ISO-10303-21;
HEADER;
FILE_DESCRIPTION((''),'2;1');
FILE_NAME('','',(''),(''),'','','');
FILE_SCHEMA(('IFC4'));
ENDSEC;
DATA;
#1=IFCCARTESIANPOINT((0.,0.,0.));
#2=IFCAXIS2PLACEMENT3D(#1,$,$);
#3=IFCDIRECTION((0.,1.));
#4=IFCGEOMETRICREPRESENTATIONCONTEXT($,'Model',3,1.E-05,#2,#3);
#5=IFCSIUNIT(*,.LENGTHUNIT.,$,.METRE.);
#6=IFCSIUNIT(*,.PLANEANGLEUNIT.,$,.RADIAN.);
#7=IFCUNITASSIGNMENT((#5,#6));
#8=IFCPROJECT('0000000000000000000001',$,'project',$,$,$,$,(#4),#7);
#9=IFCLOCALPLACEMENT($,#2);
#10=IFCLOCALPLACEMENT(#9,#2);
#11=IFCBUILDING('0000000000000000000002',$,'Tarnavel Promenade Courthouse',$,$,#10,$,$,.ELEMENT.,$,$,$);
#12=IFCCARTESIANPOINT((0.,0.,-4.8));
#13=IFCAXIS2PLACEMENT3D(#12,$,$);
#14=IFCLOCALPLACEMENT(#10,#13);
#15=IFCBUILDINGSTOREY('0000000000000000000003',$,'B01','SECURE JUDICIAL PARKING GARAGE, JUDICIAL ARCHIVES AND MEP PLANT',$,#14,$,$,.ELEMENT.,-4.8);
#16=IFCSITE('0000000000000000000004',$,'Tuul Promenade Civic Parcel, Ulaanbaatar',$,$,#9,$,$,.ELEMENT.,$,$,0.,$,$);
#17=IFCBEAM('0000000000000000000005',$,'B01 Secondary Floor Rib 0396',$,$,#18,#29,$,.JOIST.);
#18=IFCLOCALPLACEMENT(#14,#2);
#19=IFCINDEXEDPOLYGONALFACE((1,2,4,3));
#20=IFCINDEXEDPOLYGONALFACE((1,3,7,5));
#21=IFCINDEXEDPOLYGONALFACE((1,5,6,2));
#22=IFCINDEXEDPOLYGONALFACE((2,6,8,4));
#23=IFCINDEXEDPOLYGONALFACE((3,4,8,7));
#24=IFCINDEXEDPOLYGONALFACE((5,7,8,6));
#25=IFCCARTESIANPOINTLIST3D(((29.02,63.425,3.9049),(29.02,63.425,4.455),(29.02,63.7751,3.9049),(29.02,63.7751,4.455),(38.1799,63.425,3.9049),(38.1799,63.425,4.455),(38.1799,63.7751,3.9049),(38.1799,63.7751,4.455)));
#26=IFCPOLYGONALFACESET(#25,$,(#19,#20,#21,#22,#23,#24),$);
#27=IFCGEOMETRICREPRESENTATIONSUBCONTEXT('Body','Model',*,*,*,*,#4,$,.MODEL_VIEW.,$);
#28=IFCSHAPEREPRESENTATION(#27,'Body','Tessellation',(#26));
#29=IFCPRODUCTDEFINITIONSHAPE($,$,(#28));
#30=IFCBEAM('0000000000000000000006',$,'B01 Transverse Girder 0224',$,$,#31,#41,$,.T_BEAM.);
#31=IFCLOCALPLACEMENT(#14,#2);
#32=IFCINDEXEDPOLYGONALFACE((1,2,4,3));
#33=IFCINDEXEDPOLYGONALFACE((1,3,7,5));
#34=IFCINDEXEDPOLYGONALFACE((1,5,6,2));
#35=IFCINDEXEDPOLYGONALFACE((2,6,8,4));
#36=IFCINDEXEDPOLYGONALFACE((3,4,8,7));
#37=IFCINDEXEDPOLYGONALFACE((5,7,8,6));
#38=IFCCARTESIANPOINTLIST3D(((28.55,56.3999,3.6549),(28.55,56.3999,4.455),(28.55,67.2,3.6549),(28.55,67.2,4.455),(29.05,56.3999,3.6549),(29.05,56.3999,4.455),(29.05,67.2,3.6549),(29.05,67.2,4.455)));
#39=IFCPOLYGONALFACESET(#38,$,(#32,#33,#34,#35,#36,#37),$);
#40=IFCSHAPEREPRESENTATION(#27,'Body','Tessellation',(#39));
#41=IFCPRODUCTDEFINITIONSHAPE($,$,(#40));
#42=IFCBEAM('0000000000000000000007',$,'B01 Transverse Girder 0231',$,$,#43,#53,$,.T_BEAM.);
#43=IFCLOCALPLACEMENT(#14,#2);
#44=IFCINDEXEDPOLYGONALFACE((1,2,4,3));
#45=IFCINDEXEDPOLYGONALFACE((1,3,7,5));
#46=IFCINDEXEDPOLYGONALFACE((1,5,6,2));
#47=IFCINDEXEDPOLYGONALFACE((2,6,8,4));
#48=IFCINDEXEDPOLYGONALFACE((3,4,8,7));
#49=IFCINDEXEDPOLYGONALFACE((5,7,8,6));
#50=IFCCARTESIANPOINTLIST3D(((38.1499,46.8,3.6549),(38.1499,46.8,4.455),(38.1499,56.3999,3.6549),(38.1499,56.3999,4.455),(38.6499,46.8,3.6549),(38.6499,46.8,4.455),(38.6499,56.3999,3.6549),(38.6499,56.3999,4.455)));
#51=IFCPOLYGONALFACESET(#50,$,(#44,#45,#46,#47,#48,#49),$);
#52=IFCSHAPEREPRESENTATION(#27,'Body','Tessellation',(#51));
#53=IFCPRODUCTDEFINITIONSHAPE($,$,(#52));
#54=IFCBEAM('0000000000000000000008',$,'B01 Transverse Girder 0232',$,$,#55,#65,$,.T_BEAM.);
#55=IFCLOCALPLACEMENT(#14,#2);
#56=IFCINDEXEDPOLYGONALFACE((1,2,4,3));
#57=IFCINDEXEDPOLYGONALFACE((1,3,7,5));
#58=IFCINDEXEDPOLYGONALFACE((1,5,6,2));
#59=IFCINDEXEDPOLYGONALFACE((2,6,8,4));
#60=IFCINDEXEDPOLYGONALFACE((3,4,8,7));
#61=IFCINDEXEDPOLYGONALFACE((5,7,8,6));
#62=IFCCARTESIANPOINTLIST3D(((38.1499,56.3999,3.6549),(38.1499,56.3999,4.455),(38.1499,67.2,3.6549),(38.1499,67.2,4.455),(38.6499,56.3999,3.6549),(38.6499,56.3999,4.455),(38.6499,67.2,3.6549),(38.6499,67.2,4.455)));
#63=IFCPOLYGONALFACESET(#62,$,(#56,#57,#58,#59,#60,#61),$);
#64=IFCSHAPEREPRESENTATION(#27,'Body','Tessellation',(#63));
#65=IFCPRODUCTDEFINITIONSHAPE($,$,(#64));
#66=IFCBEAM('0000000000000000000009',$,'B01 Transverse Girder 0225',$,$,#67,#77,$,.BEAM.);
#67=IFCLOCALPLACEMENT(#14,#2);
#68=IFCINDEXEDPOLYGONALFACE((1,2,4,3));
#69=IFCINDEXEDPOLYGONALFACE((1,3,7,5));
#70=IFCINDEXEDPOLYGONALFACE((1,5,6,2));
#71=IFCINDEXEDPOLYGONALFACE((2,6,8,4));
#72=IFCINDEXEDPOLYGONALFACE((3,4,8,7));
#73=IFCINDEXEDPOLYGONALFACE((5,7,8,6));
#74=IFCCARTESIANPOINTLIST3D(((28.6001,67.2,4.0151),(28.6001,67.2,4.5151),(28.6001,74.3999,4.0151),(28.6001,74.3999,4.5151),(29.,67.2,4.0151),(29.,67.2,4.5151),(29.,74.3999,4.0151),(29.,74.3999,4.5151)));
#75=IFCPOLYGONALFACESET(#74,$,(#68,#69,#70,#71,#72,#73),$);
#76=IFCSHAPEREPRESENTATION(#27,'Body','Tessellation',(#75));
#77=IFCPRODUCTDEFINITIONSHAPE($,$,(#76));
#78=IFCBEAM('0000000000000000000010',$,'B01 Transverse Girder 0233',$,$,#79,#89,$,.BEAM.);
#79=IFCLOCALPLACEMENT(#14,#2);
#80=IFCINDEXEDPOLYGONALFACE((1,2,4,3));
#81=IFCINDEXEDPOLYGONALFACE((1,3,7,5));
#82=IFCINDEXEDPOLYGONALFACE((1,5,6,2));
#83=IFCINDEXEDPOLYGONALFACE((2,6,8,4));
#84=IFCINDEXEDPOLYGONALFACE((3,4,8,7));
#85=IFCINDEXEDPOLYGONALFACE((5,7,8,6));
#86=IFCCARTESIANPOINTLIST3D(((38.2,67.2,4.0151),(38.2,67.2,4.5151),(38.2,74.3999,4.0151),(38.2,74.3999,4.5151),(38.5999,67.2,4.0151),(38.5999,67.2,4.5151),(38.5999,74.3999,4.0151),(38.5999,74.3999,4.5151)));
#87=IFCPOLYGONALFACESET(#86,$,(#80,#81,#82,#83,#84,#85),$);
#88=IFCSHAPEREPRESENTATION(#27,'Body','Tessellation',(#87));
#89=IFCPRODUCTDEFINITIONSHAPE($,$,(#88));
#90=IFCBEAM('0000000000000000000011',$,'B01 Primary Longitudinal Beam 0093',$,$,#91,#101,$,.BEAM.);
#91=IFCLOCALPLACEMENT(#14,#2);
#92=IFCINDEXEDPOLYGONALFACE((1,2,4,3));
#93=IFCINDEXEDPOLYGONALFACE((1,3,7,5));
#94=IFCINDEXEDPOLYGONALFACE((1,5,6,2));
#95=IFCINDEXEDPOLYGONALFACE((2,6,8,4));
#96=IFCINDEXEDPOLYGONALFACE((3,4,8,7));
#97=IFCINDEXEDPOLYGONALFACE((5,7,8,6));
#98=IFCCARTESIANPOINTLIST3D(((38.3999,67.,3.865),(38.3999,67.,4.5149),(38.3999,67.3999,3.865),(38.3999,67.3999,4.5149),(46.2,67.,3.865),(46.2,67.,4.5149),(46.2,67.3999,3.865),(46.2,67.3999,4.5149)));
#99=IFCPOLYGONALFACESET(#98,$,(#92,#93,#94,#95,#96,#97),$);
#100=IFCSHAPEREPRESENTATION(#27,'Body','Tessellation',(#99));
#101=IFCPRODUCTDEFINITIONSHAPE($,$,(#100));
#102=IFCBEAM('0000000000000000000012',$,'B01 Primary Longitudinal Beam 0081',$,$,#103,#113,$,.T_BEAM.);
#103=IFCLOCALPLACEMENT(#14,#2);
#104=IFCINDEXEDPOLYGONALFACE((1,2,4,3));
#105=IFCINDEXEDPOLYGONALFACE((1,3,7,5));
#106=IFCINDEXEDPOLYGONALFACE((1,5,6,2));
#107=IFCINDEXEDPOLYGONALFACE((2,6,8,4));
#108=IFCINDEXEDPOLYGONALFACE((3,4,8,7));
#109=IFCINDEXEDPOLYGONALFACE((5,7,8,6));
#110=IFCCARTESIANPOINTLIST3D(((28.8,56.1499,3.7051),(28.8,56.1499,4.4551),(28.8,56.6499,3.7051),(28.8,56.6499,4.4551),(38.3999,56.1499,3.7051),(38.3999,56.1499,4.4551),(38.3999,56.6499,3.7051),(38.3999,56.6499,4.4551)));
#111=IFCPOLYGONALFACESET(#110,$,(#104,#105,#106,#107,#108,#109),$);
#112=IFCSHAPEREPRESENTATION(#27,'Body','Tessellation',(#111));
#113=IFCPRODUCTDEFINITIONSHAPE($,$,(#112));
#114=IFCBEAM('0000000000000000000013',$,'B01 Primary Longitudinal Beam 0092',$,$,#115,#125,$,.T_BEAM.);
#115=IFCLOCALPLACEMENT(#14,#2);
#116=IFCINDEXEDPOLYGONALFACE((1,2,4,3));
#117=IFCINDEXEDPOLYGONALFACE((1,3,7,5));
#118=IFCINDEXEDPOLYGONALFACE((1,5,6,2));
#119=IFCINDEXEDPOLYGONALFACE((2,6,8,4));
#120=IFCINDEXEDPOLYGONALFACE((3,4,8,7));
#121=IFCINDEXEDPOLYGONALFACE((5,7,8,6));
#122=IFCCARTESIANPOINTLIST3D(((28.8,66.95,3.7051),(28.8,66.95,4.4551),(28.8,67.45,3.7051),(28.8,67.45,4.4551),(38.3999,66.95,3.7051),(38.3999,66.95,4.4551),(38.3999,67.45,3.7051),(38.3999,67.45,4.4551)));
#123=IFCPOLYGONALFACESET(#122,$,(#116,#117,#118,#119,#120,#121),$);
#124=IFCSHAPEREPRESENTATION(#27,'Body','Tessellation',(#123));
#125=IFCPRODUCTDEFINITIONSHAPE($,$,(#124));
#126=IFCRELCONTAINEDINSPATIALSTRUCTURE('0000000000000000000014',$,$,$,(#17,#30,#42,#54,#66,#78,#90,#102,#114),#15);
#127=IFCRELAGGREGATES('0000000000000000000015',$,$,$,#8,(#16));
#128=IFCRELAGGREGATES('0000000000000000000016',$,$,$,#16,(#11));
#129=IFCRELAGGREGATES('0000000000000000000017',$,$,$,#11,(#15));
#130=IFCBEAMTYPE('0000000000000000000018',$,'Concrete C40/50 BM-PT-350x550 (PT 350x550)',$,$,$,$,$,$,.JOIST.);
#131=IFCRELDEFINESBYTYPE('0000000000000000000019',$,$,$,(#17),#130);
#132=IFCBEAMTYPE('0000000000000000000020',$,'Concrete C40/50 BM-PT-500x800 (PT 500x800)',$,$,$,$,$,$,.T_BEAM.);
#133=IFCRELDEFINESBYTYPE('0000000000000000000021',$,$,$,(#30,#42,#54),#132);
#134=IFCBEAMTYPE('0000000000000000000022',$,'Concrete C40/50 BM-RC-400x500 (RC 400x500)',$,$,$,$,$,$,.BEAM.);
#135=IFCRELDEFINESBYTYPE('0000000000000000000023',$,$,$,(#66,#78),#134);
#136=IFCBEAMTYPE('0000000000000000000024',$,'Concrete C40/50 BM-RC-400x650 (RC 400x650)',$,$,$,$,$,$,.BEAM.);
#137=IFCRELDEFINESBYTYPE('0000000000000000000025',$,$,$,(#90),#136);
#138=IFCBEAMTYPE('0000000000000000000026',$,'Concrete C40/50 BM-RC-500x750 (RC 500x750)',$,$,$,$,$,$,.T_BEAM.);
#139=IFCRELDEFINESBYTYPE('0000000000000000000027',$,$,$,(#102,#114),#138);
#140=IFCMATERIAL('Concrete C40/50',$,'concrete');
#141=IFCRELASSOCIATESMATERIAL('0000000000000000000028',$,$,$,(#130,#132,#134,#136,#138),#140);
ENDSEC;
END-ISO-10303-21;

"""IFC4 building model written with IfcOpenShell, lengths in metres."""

from ifc_helpers import new_model, si_unit, direction, frame, origin, origin_2d, place, context, subcontext, project, spatial, rectangle, extrude, material, material_profile, profile_set, type_object, element, save


model = new_model("IFC4")

# Units and contexts
model_context = context("Model", 3, precision=1e-05, world=origin(), true_north=direction((0.0, 1.0)))
body_context = subcontext(model_context, "Body", "Model", "MODEL_VIEW")
ifc_project = project(units=[si_unit("LENGTHUNIT", "METRE"), si_unit("PLANEANGLEUNIT", "RADIAN")], contexts=[model_context])

# Site, building, storey
site_placement = place(None, origin())
site = spatial("IfcSite", under=ifc_project, at=site_placement, Name="Tuul Promenade Civic Parcel, Ulaanbaatar", CompositionType="ELEMENT", RefElevation=0.0)
building_placement = place(site_placement, origin())
building = spatial("IfcBuilding", under=site, at=building_placement, Name="Tarnavel Promenade Courthouse", CompositionType="ELEMENT")
storey_placement = place(building_placement, frame((0.0, 0.0, -4.8)))
storey = spatial("IfcBuildingStorey", under=building, at=storey_placement, Name="B01", Description="SECURE JUDICIAL PARKING GARAGE, JUDICIAL ARCHIVES AND MEP PLANT", CompositionType="ELEMENT", Elevation=-4.8)

# Shared definitions
ifc_material_1 = material(Name="Concrete C40/50", Category="concrete")

# Beams
ifc_material_profile_1 = material_profile(ifc_material_1, rectangle(XDim=0.3501, YDim=0.55, at=origin_2d()), Name="PT 350x550")
ifc_profile_set_1 = profile_set([ifc_material_profile_1], Name="Concrete C40/50")
beam_type_1 = type_object("IfcBeamType", Name="Concrete C40/50 BM-PT-350x550 (PT 350x550)", PredefinedType="JOIST", material=ifc_profile_set_1)
for number, where, z_axis, x_axis, name in (
    (1, (29.02, 63.6001, 4.1799), (1.0, 0.0, 0.0), (0.0, 1.0, 0.0), "B01 Secondary Floor Rib 0396"),
):
    element("IfcBeam", number, at=place(storey_placement, frame(where, z_axis=z_axis, x_axis=x_axis)), inside=storey, type_object=beam_type_1, Name=name, PredefinedType="JOIST", context=body_context, shape_type="SweptSolid", body=[
        extrude(rectangle(XDim=0.3501, YDim=0.55, at=origin_2d()), origin(), (0.0, 0.0, 1.0), 9.1599),
    ])
ifc_material_profile_2 = material_profile(ifc_material_1, rectangle(XDim=0.5, YDim=0.8, at=origin_2d()), Name="PT 500x800")
ifc_profile_set_2 = profile_set([ifc_material_profile_2], Name="Concrete C40/50")
beam_type_2 = type_object("IfcBeamType", Name="Concrete C40/50 BM-PT-500x800 (PT 500x800)", PredefinedType="T_BEAM", material=ifc_profile_set_2)
beam_1_placement = place(storey_placement, frame((28.8, 56.3999, 4.0549), z_axis=(0.0, 1.0, 0.0), x_axis=(-1.0, 0.0, 0.0)))
element("IfcBeam", 2, at=beam_1_placement, inside=storey, type_object=beam_type_2, Name="B01 Transverse Girder 0224", PredefinedType="T_BEAM", context=body_context, shape_type="SweptSolid", body=[
    extrude(rectangle(XDim=0.5, YDim=0.8, at=origin_2d()), origin(), (0.0, 0.0, 1.0), 10.8),
])
beam_2_placement = place(storey_placement, frame((38.3999, 46.8, 4.0549), z_axis=(0.0, 1.0, 0.0), x_axis=(-1.0, 0.0, 0.0)))
element("IfcBeam", 3, at=beam_2_placement, inside=storey, type_object=beam_type_2, Name="B01 Transverse Girder 0231", PredefinedType="T_BEAM", context=body_context, shape_type="SweptSolid", body=[
    extrude(rectangle(XDim=0.5, YDim=0.8, at=origin_2d()), origin(), (0.0, 0.0, 1.0), 9.5999),
])
beam_3_placement = place(storey_placement, frame((38.3999, 56.3999, 4.0549), z_axis=(0.0, 1.0, 0.0), x_axis=(-1.0, 0.0, 0.0)))
element("IfcBeam", 4, at=beam_3_placement, inside=storey, type_object=beam_type_2, Name="B01 Transverse Girder 0232", PredefinedType="T_BEAM", context=body_context, shape_type="SweptSolid", body=[
    extrude(rectangle(XDim=0.5, YDim=0.8, at=origin_2d()), origin(), (0.0, 0.0, 1.0), 10.8),
])
ifc_material_profile_3 = material_profile(ifc_material_1, rectangle(XDim=0.3999, YDim=0.5, at=origin_2d()), Name="RC 400x500")
ifc_profile_set_3 = profile_set([ifc_material_profile_3], Name="Concrete C40/50")
beam_type_3 = type_object("IfcBeamType", Name="Concrete C40/50 BM-RC-400x500 (RC 400x500)", PredefinedType="BEAM", material=ifc_profile_set_3)
for number, where, z_axis, x_axis, name in (
    (5, (28.8, 67.2, 4.2651), (0.0, 1.0, 0.0), (-1.0, 0.0, 0.0), "B01 Transverse Girder 0225"),
    (6, (38.3999, 67.2, 4.2651), (0.0, 1.0, 0.0), (-1.0, 0.0, 0.0), "B01 Transverse Girder 0233"),
):
    element("IfcBeam", number, at=place(storey_placement, frame(where, z_axis=z_axis, x_axis=x_axis)), inside=storey, type_object=beam_type_3, Name=name, PredefinedType="BEAM", context=body_context, shape_type="SweptSolid", body=[
        extrude(rectangle(XDim=0.3999, YDim=0.5, at=origin_2d()), origin(), (0.0, 0.0, 1.0), 7.2),
    ])
ifc_material_profile_4 = material_profile(ifc_material_1, rectangle(XDim=0.3999, YDim=0.6499, at=origin_2d()), Name="RC 400x650")
ifc_profile_set_4 = profile_set([ifc_material_profile_4], Name="Concrete C40/50")
beam_type_4 = type_object("IfcBeamType", Name="Concrete C40/50 BM-RC-400x650 (RC 400x650)", PredefinedType="BEAM", material=ifc_profile_set_4)
beam_4_placement = place(storey_placement, frame((38.3999, 67.2, 4.1899), z_axis=(1.0, 0.0, 0.0), x_axis=(0.0, 1.0, 0.0)))
element("IfcBeam", 7, at=beam_4_placement, inside=storey, type_object=beam_type_4, Name="B01 Primary Longitudinal Beam 0093", PredefinedType="BEAM", context=body_context, shape_type="SweptSolid", body=[
    extrude(rectangle(XDim=0.3999, YDim=0.6499, at=origin_2d()), origin(), (0.0, 0.0, 1.0), 7.8),
])
ifc_material_profile_5 = material_profile(ifc_material_1, rectangle(XDim=0.5, YDim=0.75, at=origin_2d()), Name="RC 500x750")
ifc_profile_set_5 = profile_set([ifc_material_profile_5], Name="Concrete C40/50")
beam_type_5 = type_object("IfcBeamType", Name="Concrete C40/50 BM-RC-500x750 (RC 500x750)", PredefinedType="T_BEAM", material=ifc_profile_set_5)
for number, where, z_axis, x_axis, name in (
    (8, (28.8, 56.3999, 4.0801), (1.0, 0.0, 0.0), (0.0, 1.0, 0.0), "B01 Primary Longitudinal Beam 0081"),
    (9, (28.8, 67.2, 4.0801), (1.0, 0.0, 0.0), (0.0, 1.0, 0.0), "B01 Primary Longitudinal Beam 0092"),
):
    element("IfcBeam", number, at=place(storey_placement, frame(where, z_axis=z_axis, x_axis=x_axis)), inside=storey, type_object=beam_type_5, Name=name, PredefinedType="T_BEAM", context=body_context, shape_type="SweptSolid", body=[
        extrude(rectangle(XDim=0.5, YDim=0.75, at=origin_2d()), origin(), (0.0, 0.0, 1.0), 9.5999),
    ])

save(model, "model.ifc")
